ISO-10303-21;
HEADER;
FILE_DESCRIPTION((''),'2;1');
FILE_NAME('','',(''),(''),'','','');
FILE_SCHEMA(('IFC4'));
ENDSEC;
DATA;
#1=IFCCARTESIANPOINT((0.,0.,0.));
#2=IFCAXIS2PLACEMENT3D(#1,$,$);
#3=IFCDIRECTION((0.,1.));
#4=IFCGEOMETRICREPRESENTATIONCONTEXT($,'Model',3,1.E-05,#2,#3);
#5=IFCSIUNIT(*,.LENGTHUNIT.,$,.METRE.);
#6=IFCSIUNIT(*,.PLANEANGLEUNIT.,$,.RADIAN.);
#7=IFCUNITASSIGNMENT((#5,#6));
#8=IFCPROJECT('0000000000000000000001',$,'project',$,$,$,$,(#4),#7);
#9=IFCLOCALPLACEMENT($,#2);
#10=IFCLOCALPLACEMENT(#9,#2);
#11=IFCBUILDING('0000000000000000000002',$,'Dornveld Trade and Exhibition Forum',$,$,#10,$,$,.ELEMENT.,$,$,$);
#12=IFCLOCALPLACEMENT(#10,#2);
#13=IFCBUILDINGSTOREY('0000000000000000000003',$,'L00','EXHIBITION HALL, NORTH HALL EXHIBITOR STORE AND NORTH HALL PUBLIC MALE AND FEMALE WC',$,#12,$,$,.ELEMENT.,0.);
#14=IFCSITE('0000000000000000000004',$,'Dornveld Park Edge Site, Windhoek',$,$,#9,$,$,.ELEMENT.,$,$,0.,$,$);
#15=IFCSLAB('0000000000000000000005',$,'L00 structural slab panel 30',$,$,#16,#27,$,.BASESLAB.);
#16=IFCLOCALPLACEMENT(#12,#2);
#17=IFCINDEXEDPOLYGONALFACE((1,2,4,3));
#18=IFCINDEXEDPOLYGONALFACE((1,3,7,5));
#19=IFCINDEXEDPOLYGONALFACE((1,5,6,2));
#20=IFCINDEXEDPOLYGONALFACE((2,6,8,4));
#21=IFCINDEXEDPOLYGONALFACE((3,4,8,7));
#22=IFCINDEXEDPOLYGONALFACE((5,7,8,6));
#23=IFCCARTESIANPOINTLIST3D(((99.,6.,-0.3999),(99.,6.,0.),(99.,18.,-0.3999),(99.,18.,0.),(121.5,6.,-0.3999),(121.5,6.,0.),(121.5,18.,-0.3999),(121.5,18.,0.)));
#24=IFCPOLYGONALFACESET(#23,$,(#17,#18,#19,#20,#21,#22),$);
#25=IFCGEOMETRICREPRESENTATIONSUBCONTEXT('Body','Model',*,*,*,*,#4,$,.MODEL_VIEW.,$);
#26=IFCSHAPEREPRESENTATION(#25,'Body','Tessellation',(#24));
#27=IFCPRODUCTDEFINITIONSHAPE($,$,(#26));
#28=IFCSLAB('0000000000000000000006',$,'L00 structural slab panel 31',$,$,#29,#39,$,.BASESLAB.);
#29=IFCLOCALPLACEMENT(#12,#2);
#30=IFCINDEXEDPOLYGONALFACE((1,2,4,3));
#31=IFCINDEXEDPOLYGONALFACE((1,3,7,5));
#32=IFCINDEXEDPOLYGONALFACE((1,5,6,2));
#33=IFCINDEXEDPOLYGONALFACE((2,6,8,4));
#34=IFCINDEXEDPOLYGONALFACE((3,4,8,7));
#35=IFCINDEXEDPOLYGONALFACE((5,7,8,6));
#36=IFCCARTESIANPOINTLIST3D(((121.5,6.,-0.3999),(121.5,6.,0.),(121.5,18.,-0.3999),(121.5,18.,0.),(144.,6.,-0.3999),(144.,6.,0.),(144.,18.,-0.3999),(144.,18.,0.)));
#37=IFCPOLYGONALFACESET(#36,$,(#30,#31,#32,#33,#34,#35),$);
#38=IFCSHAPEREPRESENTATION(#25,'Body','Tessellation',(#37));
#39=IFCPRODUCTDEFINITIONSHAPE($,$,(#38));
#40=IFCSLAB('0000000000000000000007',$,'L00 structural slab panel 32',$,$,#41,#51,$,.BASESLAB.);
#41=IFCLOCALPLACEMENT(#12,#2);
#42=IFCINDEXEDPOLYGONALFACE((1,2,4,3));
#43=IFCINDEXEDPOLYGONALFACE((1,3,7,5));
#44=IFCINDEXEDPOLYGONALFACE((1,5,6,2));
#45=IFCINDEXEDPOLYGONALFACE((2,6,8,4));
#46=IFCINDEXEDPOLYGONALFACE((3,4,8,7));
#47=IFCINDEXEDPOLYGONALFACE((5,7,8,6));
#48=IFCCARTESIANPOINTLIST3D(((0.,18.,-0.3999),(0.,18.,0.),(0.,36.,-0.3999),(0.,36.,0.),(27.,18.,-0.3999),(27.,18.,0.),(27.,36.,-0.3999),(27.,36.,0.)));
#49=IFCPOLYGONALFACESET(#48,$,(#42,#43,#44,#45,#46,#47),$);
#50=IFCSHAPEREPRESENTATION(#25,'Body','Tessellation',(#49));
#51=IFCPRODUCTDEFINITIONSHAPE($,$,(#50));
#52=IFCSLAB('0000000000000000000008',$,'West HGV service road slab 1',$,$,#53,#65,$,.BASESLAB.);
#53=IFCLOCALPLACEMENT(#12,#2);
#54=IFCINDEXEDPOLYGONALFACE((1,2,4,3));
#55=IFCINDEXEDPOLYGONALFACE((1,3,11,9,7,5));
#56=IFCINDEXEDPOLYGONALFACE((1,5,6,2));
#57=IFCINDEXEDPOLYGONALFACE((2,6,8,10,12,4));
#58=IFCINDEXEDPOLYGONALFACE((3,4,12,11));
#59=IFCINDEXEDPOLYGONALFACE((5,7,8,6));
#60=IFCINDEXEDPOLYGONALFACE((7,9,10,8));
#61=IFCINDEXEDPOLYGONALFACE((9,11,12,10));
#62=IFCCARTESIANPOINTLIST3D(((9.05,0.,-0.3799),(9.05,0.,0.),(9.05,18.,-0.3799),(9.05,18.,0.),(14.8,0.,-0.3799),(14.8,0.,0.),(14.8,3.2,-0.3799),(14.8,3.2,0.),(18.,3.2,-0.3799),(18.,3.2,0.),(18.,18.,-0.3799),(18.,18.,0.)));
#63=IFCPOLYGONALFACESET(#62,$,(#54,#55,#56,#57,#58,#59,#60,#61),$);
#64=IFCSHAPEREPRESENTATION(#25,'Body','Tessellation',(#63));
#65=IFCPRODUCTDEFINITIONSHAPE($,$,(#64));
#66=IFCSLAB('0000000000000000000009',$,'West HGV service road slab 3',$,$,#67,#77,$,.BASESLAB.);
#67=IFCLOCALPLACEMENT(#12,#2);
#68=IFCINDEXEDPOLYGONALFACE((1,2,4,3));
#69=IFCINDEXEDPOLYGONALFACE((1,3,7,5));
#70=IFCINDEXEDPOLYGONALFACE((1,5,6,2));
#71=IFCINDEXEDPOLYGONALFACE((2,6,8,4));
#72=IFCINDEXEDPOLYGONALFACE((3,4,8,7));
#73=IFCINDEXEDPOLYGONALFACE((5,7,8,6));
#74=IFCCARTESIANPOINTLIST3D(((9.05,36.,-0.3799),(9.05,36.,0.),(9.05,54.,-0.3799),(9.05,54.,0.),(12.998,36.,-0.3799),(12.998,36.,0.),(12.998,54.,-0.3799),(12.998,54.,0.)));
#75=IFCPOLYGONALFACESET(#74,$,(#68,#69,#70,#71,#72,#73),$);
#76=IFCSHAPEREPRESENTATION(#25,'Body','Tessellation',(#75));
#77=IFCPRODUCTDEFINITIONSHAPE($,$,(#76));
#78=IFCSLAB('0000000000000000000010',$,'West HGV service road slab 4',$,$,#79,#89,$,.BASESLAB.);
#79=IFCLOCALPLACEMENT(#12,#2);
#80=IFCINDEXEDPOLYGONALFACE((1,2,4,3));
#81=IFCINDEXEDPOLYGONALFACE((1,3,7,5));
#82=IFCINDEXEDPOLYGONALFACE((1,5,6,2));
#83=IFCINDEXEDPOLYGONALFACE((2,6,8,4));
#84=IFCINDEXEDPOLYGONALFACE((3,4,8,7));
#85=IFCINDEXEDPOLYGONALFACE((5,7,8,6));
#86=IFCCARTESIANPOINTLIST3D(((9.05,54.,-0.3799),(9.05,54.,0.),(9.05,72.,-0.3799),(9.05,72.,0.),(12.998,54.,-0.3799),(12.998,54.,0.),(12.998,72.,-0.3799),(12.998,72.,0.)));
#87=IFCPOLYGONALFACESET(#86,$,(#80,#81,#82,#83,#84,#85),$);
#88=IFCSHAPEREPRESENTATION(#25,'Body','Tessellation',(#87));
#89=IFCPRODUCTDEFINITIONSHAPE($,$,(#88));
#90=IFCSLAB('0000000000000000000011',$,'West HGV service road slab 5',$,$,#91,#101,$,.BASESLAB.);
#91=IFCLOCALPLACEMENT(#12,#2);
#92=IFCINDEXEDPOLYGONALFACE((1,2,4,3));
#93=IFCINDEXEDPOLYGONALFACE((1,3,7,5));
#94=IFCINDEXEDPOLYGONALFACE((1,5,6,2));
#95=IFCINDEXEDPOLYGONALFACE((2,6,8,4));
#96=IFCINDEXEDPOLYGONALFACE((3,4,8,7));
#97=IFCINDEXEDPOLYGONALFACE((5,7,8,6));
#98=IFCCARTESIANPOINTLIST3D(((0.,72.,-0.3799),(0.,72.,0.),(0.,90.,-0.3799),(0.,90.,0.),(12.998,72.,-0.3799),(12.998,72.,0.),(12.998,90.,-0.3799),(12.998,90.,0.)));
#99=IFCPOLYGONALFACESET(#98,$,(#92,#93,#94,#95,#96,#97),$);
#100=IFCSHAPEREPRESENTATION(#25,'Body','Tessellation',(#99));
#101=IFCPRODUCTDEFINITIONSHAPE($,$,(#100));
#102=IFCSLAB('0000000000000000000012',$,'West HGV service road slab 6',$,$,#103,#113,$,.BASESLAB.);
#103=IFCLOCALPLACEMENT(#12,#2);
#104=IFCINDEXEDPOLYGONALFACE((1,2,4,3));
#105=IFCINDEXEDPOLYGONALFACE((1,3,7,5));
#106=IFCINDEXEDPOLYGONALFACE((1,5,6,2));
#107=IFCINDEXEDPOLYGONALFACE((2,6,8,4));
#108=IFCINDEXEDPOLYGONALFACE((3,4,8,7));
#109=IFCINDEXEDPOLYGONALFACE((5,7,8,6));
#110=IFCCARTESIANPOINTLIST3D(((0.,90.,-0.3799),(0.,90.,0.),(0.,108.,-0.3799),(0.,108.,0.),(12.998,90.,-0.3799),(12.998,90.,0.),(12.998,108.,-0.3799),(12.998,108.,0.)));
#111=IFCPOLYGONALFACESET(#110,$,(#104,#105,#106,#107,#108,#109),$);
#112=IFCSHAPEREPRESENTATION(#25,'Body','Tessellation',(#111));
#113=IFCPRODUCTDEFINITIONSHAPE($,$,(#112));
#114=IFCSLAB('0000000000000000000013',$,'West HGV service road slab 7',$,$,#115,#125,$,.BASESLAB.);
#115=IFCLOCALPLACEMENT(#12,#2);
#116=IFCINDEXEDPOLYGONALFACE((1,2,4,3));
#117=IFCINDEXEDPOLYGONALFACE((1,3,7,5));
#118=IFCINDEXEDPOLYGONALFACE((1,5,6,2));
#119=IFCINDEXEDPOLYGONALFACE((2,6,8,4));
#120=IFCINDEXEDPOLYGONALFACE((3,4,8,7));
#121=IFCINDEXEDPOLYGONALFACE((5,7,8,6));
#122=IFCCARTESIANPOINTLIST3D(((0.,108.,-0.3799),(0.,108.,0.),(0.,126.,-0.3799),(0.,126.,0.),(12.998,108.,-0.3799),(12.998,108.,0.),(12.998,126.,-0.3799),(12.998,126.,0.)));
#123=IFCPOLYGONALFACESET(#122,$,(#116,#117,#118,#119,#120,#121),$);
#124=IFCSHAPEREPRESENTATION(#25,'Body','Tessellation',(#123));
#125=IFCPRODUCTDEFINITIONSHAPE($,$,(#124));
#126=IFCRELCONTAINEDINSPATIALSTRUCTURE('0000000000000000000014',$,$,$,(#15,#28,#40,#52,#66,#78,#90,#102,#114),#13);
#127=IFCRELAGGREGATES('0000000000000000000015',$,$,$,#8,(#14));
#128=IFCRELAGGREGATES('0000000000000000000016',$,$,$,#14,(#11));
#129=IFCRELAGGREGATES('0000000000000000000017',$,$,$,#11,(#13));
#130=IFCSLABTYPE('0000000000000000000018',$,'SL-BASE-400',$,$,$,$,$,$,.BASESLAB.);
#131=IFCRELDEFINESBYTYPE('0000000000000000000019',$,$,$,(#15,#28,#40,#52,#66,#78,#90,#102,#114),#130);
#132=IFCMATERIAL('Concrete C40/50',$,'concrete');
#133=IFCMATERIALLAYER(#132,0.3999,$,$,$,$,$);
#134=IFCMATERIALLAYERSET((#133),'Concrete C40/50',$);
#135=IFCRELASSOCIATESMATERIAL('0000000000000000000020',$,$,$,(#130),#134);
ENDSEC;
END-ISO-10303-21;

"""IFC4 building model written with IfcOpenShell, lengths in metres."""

from ifc_helpers import new_model, si_unit, direction, frame, origin, place, context, subcontext, project, spatial, polyline, outline, extrude, material, layer, layer_set, type_object, element, save


model = new_model("IFC4")

# Units and contexts
model_context = context("Model", 3, precision=1e-05, world=origin(), true_north=direction((0.0, 1.0)))
body_context = subcontext(model_context, "Body", "Model", "MODEL_VIEW")
ifc_project = project(units=[si_unit("LENGTHUNIT", "METRE"), si_unit("PLANEANGLEUNIT", "RADIAN")], contexts=[model_context])

# Site, building, storey
site_placement = place(None, origin())
site = spatial("IfcSite", under=ifc_project, at=site_placement, Name="Dornveld Park Edge Site, Windhoek", CompositionType="ELEMENT", RefElevation=0.0)
building_placement = place(site_placement, origin())
building = spatial("IfcBuilding", under=site, at=building_placement, Name="Dornveld Trade and Exhibition Forum", CompositionType="ELEMENT")
storey_placement = place(building_placement, origin())
storey = spatial("IfcBuildingStorey", under=building, at=storey_placement, Name="L00", Description="EXHIBITION HALL, NORTH HALL EXHIBITOR STORE AND NORTH HALL PUBLIC MALE AND FEMALE WC", CompositionType="ELEMENT", Elevation=0.0)

# Slabs
ifc_material_1 = material(Name="Concrete C40/50", Category="concrete")
ifc_layer_1 = layer(ifc_material_1, 0.3999)
ifc_layer_set_1 = layer_set([ifc_layer_1], Name="Concrete C40/50")
slab_type_1 = type_object("IfcSlabType", Name="SL-BASE-400", PredefinedType="BASESLAB", material=ifc_layer_set_1)
slab_1_placement = place(storey_placement, frame((0.0, 0.0, -0.3999)))
element("IfcSlab", 1, at=slab_1_placement, inside=storey, type_object=slab_type_1, Name="L00 structural slab panel 30", PredefinedType="BASESLAB", context=body_context, shape_type="SweptSolid", body=[
    extrude(outline(polyline([(99.0, 6.0), (121.5, 6.0), (121.5, 18.0), (99.0, 18.0), (99.0, 6.0)])), origin(), (0.0, 0.0, 1.0), 0.3999),
])
slab_2_placement = place(storey_placement, frame((0.0, 0.0, -0.3999)))
element("IfcSlab", 2, at=slab_2_placement, inside=storey, type_object=slab_type_1, Name="L00 structural slab panel 31", PredefinedType="BASESLAB", context=body_context, shape_type="SweptSolid", body=[
    extrude(outline(polyline([(121.5, 6.0), (144.0, 6.0), (144.0, 18.0), (121.5, 18.0), (121.5, 6.0)])), origin(), (0.0, 0.0, 1.0), 0.3999),
])
slab_3_placement = place(storey_placement, frame((0.0, 0.0, -0.3999)))
element("IfcSlab", 3, at=slab_3_placement, inside=storey, type_object=slab_type_1, Name="L00 structural slab panel 32", PredefinedType="BASESLAB", context=body_context, shape_type="SweptSolid", body=[
    extrude(outline(polyline([(0.0, 18.0), (27.0, 18.0), (27.0, 36.0), (0.0, 36.0), (0.0, 18.0)])), origin(), (0.0, 0.0, 1.0), 0.3999),
])
slab_4_placement = place(storey_placement, frame((0.0, 0.0, -0.3799)))
element("IfcSlab", 4, at=slab_4_placement, inside=storey, type_object=slab_type_1, Name="West HGV service road slab 1", PredefinedType="BASESLAB", context=body_context, shape_type="SweptSolid", body=[
    extrude(outline(polyline([(9.05, 0.0), (14.8, 0.0), (14.8, 3.2), (18.0, 3.2), (18.0, 18.0), (9.05, 18.0), (9.05, 0.0)])), origin(), (0.0, 0.0, 1.0), 0.3799),
])
slab_5_placement = place(storey_placement, frame((0.0, 0.0, -0.3799)))
element("IfcSlab", 5, at=slab_5_placement, inside=storey, type_object=slab_type_1, Name="West HGV service road slab 3", PredefinedType="BASESLAB", context=body_context, shape_type="SweptSolid", body=[
    extrude(outline(polyline([(9.05, 36.0), (9.05, 54.0), (12.998, 54.0), (12.998, 36.0), (9.05, 36.0)])), origin(), (0.0, 0.0, 1.0), 0.3799),
])
slab_6_placement = place(storey_placement, frame((0.0, 0.0, -0.3799)))
element("IfcSlab", 6, at=slab_6_placement, inside=storey, type_object=slab_type_1, Name="West HGV service road slab 4", PredefinedType="BASESLAB", context=body_context, shape_type="SweptSolid", body=[
    extrude(outline(polyline([(9.05, 54.0), (9.05, 72.0), (12.998, 72.0), (12.998, 54.0), (9.05, 54.0)])), origin(), (0.0, 0.0, 1.0), 0.3799),
])
slab_7_placement = place(storey_placement, frame((0.0, 0.0, -0.3799)))
element("IfcSlab", 7, at=slab_7_placement, inside=storey, type_object=slab_type_1, Name="West HGV service road slab 5", PredefinedType="BASESLAB", context=body_context, shape_type="SweptSolid", body=[
    extrude(outline(polyline([(0.0, 72.0), (0.0, 90.0), (12.998, 90.0), (12.998, 72.0), (0.0, 72.0)])), origin(), (0.0, 0.0, 1.0), 0.3799),
])
slab_8_placement = place(storey_placement, frame((0.0, 0.0, -0.3799)))
element("IfcSlab", 8, at=slab_8_placement, inside=storey, type_object=slab_type_1, Name="West HGV service road slab 6", PredefinedType="BASESLAB", context=body_context, shape_type="SweptSolid", body=[
    extrude(outline(polyline([(0.0, 90.0), (0.0, 108.0), (12.998, 108.0), (12.998, 90.0), (0.0, 90.0)])), origin(), (0.0, 0.0, 1.0), 0.3799),
])
slab_9_placement = place(storey_placement, frame((0.0, 0.0, -0.3799)))
element("IfcSlab", 9, at=slab_9_placement, inside=storey, type_object=slab_type_1, Name="West HGV service road slab 7", PredefinedType="BASESLAB", context=body_context, shape_type="SweptSolid", body=[
    extrude(outline(polyline([(0.0, 108.0), (0.0, 126.0), (12.998, 126.0), (12.998, 108.0), (0.0, 108.0)])), origin(), (0.0, 0.0, 1.0), 0.3799),
])

save(model, "model.ifc")
